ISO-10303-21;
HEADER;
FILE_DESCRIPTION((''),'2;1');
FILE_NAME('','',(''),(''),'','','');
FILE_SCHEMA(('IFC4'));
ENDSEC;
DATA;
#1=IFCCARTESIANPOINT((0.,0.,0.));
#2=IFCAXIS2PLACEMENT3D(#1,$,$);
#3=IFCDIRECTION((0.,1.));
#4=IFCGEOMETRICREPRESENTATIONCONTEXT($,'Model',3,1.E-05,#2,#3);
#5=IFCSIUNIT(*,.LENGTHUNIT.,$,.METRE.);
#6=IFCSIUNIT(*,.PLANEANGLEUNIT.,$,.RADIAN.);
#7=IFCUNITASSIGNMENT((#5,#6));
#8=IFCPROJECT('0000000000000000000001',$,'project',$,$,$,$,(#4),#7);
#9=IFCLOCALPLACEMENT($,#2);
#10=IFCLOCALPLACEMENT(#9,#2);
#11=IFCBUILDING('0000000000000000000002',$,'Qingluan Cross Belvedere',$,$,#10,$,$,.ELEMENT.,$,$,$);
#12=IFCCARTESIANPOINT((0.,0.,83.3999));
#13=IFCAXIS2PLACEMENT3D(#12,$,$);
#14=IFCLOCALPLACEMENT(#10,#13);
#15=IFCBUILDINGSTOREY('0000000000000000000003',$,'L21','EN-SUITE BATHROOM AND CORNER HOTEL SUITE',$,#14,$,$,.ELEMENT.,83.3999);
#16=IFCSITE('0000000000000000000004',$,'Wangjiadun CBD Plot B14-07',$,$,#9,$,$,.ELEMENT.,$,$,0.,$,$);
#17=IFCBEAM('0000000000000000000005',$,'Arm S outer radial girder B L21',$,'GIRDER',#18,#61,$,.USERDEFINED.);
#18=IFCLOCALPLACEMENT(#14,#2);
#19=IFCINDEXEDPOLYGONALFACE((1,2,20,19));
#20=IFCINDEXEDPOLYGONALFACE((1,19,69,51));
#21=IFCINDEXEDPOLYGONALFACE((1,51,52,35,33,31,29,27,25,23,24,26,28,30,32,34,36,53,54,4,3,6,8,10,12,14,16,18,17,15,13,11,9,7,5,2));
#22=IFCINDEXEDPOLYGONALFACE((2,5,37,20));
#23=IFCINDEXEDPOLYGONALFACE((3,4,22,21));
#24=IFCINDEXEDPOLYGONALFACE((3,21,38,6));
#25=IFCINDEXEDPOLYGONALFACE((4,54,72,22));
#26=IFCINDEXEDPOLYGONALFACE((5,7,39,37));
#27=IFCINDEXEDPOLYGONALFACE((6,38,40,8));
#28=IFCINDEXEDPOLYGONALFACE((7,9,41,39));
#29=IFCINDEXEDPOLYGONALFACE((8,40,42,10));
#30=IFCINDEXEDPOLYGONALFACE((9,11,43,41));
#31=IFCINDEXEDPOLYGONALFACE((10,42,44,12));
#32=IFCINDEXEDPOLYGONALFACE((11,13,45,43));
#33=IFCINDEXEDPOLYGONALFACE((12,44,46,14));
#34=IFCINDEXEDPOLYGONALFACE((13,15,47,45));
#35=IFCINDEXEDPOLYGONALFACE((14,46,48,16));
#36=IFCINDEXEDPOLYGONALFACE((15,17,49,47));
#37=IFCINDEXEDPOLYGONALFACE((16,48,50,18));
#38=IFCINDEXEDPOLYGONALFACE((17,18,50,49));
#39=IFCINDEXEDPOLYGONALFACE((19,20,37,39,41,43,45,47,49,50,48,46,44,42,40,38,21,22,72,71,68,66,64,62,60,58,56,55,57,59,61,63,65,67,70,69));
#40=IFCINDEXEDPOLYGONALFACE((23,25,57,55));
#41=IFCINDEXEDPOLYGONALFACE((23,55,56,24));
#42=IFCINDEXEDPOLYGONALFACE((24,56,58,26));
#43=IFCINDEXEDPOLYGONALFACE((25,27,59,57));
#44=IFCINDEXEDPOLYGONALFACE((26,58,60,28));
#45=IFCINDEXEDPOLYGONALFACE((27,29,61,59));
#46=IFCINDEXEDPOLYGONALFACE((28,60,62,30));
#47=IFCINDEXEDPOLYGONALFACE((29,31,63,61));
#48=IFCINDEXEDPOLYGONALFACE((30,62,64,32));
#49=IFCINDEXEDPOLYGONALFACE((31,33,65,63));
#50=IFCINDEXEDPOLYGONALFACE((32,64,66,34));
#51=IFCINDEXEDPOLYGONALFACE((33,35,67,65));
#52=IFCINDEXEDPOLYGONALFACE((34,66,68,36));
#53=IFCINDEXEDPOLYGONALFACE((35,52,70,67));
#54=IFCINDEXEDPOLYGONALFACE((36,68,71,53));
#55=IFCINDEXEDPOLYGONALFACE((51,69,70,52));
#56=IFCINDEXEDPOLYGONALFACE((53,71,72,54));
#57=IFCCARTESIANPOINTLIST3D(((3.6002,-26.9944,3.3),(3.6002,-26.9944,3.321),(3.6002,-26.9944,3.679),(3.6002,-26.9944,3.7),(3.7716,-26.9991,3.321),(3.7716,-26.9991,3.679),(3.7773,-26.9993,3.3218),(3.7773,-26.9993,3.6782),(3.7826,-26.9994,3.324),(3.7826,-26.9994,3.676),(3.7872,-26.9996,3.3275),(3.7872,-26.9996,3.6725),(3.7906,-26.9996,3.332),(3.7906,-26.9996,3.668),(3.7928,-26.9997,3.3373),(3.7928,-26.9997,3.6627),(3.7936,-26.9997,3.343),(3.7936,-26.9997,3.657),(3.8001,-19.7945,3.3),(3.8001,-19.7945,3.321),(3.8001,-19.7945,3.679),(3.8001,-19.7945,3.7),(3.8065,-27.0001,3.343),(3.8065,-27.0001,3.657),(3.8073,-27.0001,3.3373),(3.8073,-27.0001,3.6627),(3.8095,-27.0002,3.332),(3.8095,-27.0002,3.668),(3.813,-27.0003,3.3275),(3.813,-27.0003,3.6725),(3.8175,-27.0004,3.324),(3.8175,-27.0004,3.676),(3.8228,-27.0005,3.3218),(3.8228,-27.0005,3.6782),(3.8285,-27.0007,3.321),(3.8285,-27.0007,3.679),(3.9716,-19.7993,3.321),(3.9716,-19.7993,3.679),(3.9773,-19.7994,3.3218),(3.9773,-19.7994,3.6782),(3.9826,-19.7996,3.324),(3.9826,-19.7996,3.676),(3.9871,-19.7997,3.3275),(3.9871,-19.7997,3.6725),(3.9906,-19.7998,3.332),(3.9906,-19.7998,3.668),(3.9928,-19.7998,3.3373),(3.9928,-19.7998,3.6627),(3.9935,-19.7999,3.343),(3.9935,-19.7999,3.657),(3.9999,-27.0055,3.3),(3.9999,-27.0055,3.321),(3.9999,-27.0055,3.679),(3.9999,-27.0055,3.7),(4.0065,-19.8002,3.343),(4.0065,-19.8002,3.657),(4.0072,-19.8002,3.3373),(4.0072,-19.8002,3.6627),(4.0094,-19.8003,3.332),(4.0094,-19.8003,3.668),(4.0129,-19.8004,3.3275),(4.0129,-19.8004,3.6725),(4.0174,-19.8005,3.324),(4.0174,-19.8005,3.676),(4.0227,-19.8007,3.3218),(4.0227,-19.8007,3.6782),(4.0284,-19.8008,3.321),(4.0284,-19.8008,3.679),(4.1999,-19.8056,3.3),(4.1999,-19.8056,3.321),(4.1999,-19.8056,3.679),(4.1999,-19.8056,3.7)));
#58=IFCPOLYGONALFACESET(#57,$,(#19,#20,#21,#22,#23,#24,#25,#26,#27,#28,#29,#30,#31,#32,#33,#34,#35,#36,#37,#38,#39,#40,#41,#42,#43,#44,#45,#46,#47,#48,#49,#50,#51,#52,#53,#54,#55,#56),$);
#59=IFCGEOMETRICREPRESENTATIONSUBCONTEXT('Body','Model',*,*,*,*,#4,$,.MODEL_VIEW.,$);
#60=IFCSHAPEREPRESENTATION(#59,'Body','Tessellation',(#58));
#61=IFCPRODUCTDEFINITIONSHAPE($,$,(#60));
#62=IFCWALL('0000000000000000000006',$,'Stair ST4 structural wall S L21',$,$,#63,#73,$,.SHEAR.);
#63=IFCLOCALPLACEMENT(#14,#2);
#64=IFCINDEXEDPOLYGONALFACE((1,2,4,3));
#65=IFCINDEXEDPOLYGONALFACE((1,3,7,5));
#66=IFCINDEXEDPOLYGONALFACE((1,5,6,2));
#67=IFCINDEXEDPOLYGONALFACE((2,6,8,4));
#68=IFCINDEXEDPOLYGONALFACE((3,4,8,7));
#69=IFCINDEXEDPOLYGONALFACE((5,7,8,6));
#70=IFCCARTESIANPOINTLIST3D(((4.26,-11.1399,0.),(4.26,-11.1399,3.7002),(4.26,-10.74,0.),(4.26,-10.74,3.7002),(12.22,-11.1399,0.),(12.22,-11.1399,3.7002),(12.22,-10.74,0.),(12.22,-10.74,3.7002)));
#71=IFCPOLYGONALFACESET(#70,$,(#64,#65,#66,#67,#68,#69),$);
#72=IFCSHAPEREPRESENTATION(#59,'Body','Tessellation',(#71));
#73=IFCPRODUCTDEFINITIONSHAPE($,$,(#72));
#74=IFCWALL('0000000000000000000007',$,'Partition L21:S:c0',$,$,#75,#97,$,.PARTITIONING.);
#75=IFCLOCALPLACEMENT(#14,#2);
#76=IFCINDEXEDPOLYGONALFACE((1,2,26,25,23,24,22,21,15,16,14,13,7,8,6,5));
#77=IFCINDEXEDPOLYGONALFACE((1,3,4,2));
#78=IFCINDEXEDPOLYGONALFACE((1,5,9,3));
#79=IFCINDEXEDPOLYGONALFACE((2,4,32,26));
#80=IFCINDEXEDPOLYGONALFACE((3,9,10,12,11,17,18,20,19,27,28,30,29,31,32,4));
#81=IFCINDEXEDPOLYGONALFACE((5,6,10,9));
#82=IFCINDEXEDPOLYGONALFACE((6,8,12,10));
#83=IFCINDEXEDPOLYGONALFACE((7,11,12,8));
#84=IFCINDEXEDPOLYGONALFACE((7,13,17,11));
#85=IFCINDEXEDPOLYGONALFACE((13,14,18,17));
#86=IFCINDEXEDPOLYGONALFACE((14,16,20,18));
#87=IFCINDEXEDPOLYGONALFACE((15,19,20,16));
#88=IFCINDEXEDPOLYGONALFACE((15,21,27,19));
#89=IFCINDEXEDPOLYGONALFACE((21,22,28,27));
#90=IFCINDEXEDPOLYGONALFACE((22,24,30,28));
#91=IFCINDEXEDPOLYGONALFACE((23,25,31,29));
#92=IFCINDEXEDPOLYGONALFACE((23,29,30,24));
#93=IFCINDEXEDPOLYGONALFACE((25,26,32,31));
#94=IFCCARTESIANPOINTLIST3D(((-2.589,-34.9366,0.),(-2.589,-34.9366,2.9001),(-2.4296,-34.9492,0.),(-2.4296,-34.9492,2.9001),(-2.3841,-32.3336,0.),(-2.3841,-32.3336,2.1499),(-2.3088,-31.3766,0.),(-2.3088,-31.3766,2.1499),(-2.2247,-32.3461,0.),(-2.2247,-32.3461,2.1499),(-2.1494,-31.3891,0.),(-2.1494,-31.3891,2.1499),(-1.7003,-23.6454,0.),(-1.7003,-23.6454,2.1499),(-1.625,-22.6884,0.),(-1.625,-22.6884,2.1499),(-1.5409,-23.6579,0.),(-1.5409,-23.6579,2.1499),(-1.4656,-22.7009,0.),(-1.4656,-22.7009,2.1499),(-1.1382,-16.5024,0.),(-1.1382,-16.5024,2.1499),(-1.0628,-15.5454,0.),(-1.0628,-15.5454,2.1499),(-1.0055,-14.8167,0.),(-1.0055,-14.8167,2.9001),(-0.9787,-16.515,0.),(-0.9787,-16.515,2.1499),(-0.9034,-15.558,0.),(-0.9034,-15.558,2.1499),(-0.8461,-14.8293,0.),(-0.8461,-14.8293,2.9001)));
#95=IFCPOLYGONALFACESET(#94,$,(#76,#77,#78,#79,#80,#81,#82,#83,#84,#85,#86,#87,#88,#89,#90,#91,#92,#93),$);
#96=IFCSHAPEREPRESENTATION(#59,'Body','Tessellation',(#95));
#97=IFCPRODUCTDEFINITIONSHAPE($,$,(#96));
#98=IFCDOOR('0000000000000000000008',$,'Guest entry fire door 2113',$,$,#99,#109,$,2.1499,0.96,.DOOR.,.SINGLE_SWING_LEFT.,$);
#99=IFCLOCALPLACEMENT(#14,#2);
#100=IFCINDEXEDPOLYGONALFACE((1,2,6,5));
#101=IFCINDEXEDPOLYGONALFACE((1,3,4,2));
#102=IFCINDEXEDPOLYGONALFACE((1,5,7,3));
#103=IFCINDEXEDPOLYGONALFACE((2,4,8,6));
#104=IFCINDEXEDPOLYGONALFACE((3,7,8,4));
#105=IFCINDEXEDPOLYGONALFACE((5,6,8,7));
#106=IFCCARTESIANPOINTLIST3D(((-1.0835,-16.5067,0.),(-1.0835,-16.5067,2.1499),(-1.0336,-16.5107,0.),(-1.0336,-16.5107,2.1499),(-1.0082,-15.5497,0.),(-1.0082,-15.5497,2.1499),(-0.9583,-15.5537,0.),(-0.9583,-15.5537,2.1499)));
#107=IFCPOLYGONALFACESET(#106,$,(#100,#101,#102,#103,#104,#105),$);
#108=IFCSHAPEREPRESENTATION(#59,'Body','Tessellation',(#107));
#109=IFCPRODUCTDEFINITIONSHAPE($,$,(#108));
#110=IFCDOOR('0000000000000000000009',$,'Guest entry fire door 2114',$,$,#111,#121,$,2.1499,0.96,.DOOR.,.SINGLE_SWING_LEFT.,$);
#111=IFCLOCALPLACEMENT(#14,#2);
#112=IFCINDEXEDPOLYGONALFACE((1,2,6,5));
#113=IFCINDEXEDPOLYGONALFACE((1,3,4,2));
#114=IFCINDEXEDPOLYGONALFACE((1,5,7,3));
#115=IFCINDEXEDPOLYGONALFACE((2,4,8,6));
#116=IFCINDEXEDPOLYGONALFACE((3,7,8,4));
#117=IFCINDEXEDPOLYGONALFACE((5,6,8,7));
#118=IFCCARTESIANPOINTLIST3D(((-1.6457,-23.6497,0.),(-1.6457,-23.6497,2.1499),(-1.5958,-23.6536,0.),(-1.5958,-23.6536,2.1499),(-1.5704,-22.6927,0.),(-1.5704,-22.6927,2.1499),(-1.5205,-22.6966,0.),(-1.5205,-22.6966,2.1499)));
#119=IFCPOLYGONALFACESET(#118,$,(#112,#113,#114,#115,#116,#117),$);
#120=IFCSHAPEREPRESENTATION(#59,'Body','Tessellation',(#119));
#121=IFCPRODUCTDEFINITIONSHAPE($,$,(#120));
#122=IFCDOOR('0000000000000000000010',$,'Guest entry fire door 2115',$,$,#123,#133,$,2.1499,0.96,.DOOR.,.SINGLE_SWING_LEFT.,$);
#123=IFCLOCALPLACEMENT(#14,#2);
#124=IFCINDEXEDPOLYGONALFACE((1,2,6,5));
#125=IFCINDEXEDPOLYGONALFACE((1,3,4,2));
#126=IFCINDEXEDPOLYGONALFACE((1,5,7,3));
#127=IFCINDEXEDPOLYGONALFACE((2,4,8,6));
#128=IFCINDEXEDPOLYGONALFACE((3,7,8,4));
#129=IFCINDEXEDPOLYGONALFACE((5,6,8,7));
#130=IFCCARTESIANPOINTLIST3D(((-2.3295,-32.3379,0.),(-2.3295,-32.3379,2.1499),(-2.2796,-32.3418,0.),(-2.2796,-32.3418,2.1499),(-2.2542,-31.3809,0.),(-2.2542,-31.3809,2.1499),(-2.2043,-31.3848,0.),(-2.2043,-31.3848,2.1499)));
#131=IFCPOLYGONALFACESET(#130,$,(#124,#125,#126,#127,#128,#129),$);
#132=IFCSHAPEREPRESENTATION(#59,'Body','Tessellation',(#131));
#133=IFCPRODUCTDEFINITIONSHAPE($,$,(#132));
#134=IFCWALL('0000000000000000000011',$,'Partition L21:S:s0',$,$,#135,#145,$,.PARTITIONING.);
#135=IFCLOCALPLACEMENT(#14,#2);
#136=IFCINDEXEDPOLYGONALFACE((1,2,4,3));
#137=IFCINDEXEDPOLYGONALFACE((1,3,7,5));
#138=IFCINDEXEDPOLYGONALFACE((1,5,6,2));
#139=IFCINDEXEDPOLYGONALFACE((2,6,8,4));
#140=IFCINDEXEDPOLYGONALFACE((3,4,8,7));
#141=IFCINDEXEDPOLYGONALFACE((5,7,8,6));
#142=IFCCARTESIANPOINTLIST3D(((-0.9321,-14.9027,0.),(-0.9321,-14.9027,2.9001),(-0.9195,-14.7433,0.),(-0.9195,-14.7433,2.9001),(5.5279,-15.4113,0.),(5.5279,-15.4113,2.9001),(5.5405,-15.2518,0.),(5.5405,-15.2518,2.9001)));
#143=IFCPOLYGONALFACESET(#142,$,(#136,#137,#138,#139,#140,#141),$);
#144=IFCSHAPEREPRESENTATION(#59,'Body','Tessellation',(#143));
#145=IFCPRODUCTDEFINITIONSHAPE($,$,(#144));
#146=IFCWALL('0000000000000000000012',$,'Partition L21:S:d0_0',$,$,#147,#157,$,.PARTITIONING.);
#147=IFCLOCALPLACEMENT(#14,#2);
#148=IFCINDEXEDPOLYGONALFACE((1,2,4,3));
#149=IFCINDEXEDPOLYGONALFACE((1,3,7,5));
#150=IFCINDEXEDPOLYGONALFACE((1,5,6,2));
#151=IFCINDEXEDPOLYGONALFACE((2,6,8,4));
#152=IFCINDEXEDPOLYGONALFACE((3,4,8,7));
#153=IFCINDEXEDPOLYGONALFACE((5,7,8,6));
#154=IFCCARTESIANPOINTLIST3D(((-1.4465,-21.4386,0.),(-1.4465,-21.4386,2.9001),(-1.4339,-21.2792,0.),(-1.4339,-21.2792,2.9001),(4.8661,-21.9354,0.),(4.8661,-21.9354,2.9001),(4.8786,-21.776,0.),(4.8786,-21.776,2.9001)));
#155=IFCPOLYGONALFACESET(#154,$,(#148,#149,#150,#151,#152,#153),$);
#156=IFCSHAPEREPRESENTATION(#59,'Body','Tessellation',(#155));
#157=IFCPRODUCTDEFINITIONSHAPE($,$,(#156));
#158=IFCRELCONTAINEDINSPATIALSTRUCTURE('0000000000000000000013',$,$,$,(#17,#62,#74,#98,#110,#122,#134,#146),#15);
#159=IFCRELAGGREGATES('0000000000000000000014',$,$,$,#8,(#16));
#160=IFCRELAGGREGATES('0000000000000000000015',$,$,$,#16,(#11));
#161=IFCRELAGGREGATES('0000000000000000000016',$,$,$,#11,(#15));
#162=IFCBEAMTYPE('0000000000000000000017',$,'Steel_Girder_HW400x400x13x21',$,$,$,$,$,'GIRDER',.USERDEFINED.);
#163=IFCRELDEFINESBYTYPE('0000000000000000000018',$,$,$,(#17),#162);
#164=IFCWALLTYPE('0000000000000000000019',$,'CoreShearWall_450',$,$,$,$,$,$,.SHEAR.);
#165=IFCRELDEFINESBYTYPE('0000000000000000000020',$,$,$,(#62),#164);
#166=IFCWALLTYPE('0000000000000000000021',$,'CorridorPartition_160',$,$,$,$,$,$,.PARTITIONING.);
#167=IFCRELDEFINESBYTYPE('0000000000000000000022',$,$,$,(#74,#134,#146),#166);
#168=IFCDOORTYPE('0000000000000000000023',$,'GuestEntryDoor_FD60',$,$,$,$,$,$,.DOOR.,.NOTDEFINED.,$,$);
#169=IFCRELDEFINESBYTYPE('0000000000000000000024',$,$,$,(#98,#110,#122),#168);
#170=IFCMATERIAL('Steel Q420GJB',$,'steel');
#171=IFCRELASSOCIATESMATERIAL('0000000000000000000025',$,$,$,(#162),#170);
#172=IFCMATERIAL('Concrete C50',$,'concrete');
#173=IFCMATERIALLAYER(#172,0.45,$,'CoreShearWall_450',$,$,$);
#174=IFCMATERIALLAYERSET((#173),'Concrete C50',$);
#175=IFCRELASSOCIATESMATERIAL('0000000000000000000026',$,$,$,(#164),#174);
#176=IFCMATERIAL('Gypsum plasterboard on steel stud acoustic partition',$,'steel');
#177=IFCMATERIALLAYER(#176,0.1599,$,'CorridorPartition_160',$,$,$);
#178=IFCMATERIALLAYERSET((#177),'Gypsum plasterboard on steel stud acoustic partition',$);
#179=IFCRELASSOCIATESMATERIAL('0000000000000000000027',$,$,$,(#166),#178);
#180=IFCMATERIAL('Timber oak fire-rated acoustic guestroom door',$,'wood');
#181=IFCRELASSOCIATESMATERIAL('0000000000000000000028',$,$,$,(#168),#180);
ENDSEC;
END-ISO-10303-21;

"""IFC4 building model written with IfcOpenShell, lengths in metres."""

from ifc_helpers import new_model, si_unit, direction, frame, frame_2d, origin, origin_2d, place, context, subcontext, project, spatial, rectangle, i_section, extrude, material, layer, layer_set, material_profile, profile_set, type_object, element, fill, save


model = new_model("IFC4")

# Units and contexts
model_context = context("Model", 3, precision=1e-05, world=origin(), true_north=direction((0.0, 1.0)))
body_context = subcontext(model_context, "Body", "Model", "MODEL_VIEW")
ifc_project = project(units=[si_unit("LENGTHUNIT", "METRE"), si_unit("PLANEANGLEUNIT", "RADIAN")], contexts=[model_context])

# Site, building, storey
site_placement = place(None, origin())
site = spatial("IfcSite", under=ifc_project, at=site_placement, Name="Wangjiadun CBD Plot B14-07", CompositionType="ELEMENT", RefElevation=0.0)
building_placement = place(site_placement, origin())
building = spatial("IfcBuilding", under=site, at=building_placement, Name="Qingluan Cross Belvedere", CompositionType="ELEMENT")
storey_placement = place(building_placement, frame((0.0, 0.0, 83.3999)))
storey = spatial("IfcBuildingStorey", under=building, at=storey_placement, Name="L21", Description="EN-SUITE BATHROOM AND CORNER HOTEL SUITE", CompositionType="ELEMENT", Elevation=83.3999)

# Beam
ifc_material_1 = material(Name="Steel Q420GJB", Category="steel")
ifc_material_profile_1 = material_profile(ifc_material_1, i_section(OverallWidth=0.3999, OverallDepth=0.3999, WebThickness=0.0129, FlangeThickness=0.021, FilletRadius=0.022, at=origin_2d()), Name="HW400x400x13x21")
ifc_profile_set_1 = profile_set([ifc_material_profile_1], Name="Steel Q420GJB")
beam_type = type_object("IfcBeamType", Name="Steel_Girder_HW400x400x13x21", ElementType="GIRDER", PredefinedType="USERDEFINED", material=ifc_profile_set_1)
beam_1_placement = place(storey_placement, frame((4.0, -19.8, 3.5), z_axis=(-0.02776, -0.999615, 0.0), x_axis=(0.999615, -0.02776, 0.0)))
element("IfcBeam", 1, at=beam_1_placement, inside=storey, type_object=beam_type, Name="Arm S outer radial girder B L21", ObjectType="GIRDER", PredefinedType="USERDEFINED", context=body_context, shape_type="SweptSolid", body=[
    extrude(i_section(OverallWidth=0.3999, OverallDepth=0.3999, WebThickness=0.0129, FlangeThickness=0.021, FilletRadius=0.022, at=origin_2d()), origin(), (0.0, 0.0, 1.0), 7.2026),
])

# Wall
ifc_material_2 = material(Name="Concrete C50", Category="concrete")
ifc_layer_1 = layer(ifc_material_2, 0.45, Name="CoreShearWall_450")
ifc_layer_set_1 = layer_set([ifc_layer_1], Name="Concrete C50")
wall_type_1 = type_object("IfcWallType", Name="CoreShearWall_450", PredefinedType="SHEAR", material=ifc_layer_set_1)
wall_1_placement = place(storey_placement, frame((4.26, -10.9399, 0.0), z_axis=(0.0, 0.0, 1.0), x_axis=(1.0, 0.0, 0.0)))
element("IfcWall", 2, at=wall_1_placement, inside=storey, type_object=wall_type_1, Name="Stair ST4 structural wall S L21", PredefinedType="SHEAR", context=body_context, shape_type="SweptSolid", body=[
    extrude(rectangle(XDim=7.96, YDim=0.3999, at=frame_2d((3.98, 0.0))), origin(), (0.0, 0.0, 1.0), 3.7002),
])

# Wall, openings, doors
ifc_material_3 = material(Name="Gypsum plasterboard on steel stud acoustic partition", Category="steel")
ifc_layer_2 = layer(ifc_material_3, 0.1599, Name="CorridorPartition_160")
ifc_layer_set_2 = layer_set([ifc_layer_2], Name="Gypsum plasterboard on steel stud acoustic partition")
wall_type_2 = type_object("IfcWallType", Name="CorridorPartition_160", PredefinedType="PARTITIONING", material=ifc_layer_set_2)
wall_2_placement = place(storey_placement, frame((-0.9258, -14.823, 0.0), z_axis=(0.0, 0.0, 1.0), x_axis=(-0.07846, -0.996917, 0.0)))
wall_2 = element("IfcWall", 3, at=wall_2_placement, inside=storey, type_object=wall_type_2, Name="Partition L21:S:c0", PredefinedType="PARTITIONING", context=body_context, shape_type="SweptSolid", body=[
    extrude(rectangle(XDim=20.1821, YDim=0.1599, at=frame_2d((10.0911, 0.0))), origin(), (0.0, 0.0, 1.0), 2.9001),
])
opening_1_placement = place(wall_2_placement, frame((0.731, 0.0, 0.0)))
opening_1 = element("IfcOpeningElement", 4, at=opening_1_placement, cuts=wall_2, PredefinedType="OPENING", context=body_context, shape_type="SweptSolid", body=[
    extrude(rectangle(XDim=0.96, YDim=2.1499, at=frame_2d((0.48, 1.075))), frame((0.0, 0.0898, 0.0), z_axis=(0.0, -1.0, 0.0), x_axis=(1.0, 0.0, 0.0)), (0.0, 0.0, 1.0), 0.1799),
])
opening_2_placement = place(wall_2_placement, frame((7.896, 0.0, 0.0)))
opening_2 = element("IfcOpeningElement", 5, at=opening_2_placement, cuts=wall_2, PredefinedType="OPENING", context=body_context, shape_type="SweptSolid", body=[
    extrude(rectangle(XDim=0.96, YDim=2.1499, at=frame_2d((0.48, 1.075))), frame((0.0, 0.0898, 0.0), z_axis=(0.0, -1.0, 0.0), x_axis=(1.0, 0.0, 0.0)), (0.0, 0.0, 1.0), 0.1799),
])
opening_3_placement = place(wall_2_placement, frame((16.6111, 0.0, 0.0)))
opening_3 = element("IfcOpeningElement", 6, at=opening_3_placement, cuts=wall_2, PredefinedType="OPENING", context=body_context, shape_type="SweptSolid", body=[
    extrude(rectangle(XDim=0.96, YDim=2.1499, at=frame_2d((0.48, 1.075))), frame((0.0, 0.0898, 0.0), z_axis=(0.0, -1.0, 0.0), x_axis=(1.0, 0.0, 0.0)), (0.0, 0.0, 1.0), 0.1799),
])
ifc_material_4 = material(Name="Timber oak fire-rated acoustic guestroom door", Category="wood")
door_type_1 = type_object("IfcDoorType", Name="GuestEntryDoor_FD60", OperationType="NOTDEFINED", PredefinedType="DOOR", material=ifc_material_4)
door_1_placement = place(opening_1_placement, origin())
door_1 = element("IfcDoor", 7, at=door_1_placement, inside=storey, type_object=door_type_1, Name="Guest entry fire door 2113", OperationType="SINGLE_SWING_LEFT", OverallHeight=2.1499, OverallWidth=0.96, PredefinedType="DOOR", context=body_context, shape_type="SweptSolid", body=[
    extrude(rectangle(XDim=0.96, YDim=2.1499, at=frame_2d((0.48, 1.075))), frame((0.0, 0.0249, 0.0), z_axis=(0.0, -1.0, 0.0), x_axis=(1.0, 0.0, 0.0)), (0.0, 0.0, 1.0), 0.05),
])
fill(opening_1, door_1)
door_2_placement = place(opening_2_placement, origin())
door_2 = element("IfcDoor", 8, at=door_2_placement, inside=storey, type_object=door_type_1, Name="Guest entry fire door 2114", OperationType="SINGLE_SWING_LEFT", OverallHeight=2.1499, OverallWidth=0.96, PredefinedType="DOOR", context=body_context, shape_type="SweptSolid", body=[
    extrude(rectangle(XDim=0.96, YDim=2.1499, at=frame_2d((0.48, 1.075))), frame((0.0, 0.0249, 0.0), z_axis=(0.0, -1.0, 0.0), x_axis=(1.0, 0.0, 0.0)), (0.0, 0.0, 1.0), 0.05),
])
fill(opening_2, door_2)
door_3_placement = place(opening_3_placement, origin())
door_3 = element("IfcDoor", 9, at=door_3_placement, inside=storey, type_object=door_type_1, Name="Guest entry fire door 2115", OperationType="SINGLE_SWING_LEFT", OverallHeight=2.1499, OverallWidth=0.96, PredefinedType="DOOR", context=body_context, shape_type="SweptSolid", body=[
    extrude(rectangle(XDim=0.96, YDim=2.1499, at=frame_2d((0.48, 1.075))), frame((0.0, 0.0249, 0.0), z_axis=(0.0, -1.0, 0.0), x_axis=(1.0, 0.0, 0.0)), (0.0, 0.0, 1.0), 0.05),
])
fill(opening_3, door_3)

# Walls
wall_3_placement = place(storey_placement, frame((-0.9258, -14.823, 0.0), z_axis=(0.0, 0.0, 1.0), x_axis=(0.996916, -0.07848, 0.0)))
element("IfcWall", 10, at=wall_3_placement, inside=storey, type_object=wall_type_2, Name="Partition L21:S:s0", PredefinedType="PARTITIONING", context=body_context, shape_type="SweptSolid", body=[
    extrude(rectangle(XDim=6.48, YDim=0.1599, at=frame_2d((3.24, 0.0))), origin(), (0.0, 0.0, 1.0), 2.9001),
])
wall_4_placement = place(storey_placement, frame((-1.4402, -21.3589, 0.0), z_axis=(0.0, 0.0, 1.0), x_axis=(0.996917, -0.078462, 0.0)))
element("IfcWall", 11, at=wall_4_placement, inside=storey, type_object=wall_type_2, Name="Partition L21:S:d0_0", PredefinedType="PARTITIONING", context=body_context, shape_type="SweptSolid", body=[
    extrude(rectangle(XDim=6.332, YDim=0.1599, at=frame_2d((3.166, 0.0))), origin(), (0.0, 0.0, 1.0), 2.9001),
])

save(model, "model.ifc")
